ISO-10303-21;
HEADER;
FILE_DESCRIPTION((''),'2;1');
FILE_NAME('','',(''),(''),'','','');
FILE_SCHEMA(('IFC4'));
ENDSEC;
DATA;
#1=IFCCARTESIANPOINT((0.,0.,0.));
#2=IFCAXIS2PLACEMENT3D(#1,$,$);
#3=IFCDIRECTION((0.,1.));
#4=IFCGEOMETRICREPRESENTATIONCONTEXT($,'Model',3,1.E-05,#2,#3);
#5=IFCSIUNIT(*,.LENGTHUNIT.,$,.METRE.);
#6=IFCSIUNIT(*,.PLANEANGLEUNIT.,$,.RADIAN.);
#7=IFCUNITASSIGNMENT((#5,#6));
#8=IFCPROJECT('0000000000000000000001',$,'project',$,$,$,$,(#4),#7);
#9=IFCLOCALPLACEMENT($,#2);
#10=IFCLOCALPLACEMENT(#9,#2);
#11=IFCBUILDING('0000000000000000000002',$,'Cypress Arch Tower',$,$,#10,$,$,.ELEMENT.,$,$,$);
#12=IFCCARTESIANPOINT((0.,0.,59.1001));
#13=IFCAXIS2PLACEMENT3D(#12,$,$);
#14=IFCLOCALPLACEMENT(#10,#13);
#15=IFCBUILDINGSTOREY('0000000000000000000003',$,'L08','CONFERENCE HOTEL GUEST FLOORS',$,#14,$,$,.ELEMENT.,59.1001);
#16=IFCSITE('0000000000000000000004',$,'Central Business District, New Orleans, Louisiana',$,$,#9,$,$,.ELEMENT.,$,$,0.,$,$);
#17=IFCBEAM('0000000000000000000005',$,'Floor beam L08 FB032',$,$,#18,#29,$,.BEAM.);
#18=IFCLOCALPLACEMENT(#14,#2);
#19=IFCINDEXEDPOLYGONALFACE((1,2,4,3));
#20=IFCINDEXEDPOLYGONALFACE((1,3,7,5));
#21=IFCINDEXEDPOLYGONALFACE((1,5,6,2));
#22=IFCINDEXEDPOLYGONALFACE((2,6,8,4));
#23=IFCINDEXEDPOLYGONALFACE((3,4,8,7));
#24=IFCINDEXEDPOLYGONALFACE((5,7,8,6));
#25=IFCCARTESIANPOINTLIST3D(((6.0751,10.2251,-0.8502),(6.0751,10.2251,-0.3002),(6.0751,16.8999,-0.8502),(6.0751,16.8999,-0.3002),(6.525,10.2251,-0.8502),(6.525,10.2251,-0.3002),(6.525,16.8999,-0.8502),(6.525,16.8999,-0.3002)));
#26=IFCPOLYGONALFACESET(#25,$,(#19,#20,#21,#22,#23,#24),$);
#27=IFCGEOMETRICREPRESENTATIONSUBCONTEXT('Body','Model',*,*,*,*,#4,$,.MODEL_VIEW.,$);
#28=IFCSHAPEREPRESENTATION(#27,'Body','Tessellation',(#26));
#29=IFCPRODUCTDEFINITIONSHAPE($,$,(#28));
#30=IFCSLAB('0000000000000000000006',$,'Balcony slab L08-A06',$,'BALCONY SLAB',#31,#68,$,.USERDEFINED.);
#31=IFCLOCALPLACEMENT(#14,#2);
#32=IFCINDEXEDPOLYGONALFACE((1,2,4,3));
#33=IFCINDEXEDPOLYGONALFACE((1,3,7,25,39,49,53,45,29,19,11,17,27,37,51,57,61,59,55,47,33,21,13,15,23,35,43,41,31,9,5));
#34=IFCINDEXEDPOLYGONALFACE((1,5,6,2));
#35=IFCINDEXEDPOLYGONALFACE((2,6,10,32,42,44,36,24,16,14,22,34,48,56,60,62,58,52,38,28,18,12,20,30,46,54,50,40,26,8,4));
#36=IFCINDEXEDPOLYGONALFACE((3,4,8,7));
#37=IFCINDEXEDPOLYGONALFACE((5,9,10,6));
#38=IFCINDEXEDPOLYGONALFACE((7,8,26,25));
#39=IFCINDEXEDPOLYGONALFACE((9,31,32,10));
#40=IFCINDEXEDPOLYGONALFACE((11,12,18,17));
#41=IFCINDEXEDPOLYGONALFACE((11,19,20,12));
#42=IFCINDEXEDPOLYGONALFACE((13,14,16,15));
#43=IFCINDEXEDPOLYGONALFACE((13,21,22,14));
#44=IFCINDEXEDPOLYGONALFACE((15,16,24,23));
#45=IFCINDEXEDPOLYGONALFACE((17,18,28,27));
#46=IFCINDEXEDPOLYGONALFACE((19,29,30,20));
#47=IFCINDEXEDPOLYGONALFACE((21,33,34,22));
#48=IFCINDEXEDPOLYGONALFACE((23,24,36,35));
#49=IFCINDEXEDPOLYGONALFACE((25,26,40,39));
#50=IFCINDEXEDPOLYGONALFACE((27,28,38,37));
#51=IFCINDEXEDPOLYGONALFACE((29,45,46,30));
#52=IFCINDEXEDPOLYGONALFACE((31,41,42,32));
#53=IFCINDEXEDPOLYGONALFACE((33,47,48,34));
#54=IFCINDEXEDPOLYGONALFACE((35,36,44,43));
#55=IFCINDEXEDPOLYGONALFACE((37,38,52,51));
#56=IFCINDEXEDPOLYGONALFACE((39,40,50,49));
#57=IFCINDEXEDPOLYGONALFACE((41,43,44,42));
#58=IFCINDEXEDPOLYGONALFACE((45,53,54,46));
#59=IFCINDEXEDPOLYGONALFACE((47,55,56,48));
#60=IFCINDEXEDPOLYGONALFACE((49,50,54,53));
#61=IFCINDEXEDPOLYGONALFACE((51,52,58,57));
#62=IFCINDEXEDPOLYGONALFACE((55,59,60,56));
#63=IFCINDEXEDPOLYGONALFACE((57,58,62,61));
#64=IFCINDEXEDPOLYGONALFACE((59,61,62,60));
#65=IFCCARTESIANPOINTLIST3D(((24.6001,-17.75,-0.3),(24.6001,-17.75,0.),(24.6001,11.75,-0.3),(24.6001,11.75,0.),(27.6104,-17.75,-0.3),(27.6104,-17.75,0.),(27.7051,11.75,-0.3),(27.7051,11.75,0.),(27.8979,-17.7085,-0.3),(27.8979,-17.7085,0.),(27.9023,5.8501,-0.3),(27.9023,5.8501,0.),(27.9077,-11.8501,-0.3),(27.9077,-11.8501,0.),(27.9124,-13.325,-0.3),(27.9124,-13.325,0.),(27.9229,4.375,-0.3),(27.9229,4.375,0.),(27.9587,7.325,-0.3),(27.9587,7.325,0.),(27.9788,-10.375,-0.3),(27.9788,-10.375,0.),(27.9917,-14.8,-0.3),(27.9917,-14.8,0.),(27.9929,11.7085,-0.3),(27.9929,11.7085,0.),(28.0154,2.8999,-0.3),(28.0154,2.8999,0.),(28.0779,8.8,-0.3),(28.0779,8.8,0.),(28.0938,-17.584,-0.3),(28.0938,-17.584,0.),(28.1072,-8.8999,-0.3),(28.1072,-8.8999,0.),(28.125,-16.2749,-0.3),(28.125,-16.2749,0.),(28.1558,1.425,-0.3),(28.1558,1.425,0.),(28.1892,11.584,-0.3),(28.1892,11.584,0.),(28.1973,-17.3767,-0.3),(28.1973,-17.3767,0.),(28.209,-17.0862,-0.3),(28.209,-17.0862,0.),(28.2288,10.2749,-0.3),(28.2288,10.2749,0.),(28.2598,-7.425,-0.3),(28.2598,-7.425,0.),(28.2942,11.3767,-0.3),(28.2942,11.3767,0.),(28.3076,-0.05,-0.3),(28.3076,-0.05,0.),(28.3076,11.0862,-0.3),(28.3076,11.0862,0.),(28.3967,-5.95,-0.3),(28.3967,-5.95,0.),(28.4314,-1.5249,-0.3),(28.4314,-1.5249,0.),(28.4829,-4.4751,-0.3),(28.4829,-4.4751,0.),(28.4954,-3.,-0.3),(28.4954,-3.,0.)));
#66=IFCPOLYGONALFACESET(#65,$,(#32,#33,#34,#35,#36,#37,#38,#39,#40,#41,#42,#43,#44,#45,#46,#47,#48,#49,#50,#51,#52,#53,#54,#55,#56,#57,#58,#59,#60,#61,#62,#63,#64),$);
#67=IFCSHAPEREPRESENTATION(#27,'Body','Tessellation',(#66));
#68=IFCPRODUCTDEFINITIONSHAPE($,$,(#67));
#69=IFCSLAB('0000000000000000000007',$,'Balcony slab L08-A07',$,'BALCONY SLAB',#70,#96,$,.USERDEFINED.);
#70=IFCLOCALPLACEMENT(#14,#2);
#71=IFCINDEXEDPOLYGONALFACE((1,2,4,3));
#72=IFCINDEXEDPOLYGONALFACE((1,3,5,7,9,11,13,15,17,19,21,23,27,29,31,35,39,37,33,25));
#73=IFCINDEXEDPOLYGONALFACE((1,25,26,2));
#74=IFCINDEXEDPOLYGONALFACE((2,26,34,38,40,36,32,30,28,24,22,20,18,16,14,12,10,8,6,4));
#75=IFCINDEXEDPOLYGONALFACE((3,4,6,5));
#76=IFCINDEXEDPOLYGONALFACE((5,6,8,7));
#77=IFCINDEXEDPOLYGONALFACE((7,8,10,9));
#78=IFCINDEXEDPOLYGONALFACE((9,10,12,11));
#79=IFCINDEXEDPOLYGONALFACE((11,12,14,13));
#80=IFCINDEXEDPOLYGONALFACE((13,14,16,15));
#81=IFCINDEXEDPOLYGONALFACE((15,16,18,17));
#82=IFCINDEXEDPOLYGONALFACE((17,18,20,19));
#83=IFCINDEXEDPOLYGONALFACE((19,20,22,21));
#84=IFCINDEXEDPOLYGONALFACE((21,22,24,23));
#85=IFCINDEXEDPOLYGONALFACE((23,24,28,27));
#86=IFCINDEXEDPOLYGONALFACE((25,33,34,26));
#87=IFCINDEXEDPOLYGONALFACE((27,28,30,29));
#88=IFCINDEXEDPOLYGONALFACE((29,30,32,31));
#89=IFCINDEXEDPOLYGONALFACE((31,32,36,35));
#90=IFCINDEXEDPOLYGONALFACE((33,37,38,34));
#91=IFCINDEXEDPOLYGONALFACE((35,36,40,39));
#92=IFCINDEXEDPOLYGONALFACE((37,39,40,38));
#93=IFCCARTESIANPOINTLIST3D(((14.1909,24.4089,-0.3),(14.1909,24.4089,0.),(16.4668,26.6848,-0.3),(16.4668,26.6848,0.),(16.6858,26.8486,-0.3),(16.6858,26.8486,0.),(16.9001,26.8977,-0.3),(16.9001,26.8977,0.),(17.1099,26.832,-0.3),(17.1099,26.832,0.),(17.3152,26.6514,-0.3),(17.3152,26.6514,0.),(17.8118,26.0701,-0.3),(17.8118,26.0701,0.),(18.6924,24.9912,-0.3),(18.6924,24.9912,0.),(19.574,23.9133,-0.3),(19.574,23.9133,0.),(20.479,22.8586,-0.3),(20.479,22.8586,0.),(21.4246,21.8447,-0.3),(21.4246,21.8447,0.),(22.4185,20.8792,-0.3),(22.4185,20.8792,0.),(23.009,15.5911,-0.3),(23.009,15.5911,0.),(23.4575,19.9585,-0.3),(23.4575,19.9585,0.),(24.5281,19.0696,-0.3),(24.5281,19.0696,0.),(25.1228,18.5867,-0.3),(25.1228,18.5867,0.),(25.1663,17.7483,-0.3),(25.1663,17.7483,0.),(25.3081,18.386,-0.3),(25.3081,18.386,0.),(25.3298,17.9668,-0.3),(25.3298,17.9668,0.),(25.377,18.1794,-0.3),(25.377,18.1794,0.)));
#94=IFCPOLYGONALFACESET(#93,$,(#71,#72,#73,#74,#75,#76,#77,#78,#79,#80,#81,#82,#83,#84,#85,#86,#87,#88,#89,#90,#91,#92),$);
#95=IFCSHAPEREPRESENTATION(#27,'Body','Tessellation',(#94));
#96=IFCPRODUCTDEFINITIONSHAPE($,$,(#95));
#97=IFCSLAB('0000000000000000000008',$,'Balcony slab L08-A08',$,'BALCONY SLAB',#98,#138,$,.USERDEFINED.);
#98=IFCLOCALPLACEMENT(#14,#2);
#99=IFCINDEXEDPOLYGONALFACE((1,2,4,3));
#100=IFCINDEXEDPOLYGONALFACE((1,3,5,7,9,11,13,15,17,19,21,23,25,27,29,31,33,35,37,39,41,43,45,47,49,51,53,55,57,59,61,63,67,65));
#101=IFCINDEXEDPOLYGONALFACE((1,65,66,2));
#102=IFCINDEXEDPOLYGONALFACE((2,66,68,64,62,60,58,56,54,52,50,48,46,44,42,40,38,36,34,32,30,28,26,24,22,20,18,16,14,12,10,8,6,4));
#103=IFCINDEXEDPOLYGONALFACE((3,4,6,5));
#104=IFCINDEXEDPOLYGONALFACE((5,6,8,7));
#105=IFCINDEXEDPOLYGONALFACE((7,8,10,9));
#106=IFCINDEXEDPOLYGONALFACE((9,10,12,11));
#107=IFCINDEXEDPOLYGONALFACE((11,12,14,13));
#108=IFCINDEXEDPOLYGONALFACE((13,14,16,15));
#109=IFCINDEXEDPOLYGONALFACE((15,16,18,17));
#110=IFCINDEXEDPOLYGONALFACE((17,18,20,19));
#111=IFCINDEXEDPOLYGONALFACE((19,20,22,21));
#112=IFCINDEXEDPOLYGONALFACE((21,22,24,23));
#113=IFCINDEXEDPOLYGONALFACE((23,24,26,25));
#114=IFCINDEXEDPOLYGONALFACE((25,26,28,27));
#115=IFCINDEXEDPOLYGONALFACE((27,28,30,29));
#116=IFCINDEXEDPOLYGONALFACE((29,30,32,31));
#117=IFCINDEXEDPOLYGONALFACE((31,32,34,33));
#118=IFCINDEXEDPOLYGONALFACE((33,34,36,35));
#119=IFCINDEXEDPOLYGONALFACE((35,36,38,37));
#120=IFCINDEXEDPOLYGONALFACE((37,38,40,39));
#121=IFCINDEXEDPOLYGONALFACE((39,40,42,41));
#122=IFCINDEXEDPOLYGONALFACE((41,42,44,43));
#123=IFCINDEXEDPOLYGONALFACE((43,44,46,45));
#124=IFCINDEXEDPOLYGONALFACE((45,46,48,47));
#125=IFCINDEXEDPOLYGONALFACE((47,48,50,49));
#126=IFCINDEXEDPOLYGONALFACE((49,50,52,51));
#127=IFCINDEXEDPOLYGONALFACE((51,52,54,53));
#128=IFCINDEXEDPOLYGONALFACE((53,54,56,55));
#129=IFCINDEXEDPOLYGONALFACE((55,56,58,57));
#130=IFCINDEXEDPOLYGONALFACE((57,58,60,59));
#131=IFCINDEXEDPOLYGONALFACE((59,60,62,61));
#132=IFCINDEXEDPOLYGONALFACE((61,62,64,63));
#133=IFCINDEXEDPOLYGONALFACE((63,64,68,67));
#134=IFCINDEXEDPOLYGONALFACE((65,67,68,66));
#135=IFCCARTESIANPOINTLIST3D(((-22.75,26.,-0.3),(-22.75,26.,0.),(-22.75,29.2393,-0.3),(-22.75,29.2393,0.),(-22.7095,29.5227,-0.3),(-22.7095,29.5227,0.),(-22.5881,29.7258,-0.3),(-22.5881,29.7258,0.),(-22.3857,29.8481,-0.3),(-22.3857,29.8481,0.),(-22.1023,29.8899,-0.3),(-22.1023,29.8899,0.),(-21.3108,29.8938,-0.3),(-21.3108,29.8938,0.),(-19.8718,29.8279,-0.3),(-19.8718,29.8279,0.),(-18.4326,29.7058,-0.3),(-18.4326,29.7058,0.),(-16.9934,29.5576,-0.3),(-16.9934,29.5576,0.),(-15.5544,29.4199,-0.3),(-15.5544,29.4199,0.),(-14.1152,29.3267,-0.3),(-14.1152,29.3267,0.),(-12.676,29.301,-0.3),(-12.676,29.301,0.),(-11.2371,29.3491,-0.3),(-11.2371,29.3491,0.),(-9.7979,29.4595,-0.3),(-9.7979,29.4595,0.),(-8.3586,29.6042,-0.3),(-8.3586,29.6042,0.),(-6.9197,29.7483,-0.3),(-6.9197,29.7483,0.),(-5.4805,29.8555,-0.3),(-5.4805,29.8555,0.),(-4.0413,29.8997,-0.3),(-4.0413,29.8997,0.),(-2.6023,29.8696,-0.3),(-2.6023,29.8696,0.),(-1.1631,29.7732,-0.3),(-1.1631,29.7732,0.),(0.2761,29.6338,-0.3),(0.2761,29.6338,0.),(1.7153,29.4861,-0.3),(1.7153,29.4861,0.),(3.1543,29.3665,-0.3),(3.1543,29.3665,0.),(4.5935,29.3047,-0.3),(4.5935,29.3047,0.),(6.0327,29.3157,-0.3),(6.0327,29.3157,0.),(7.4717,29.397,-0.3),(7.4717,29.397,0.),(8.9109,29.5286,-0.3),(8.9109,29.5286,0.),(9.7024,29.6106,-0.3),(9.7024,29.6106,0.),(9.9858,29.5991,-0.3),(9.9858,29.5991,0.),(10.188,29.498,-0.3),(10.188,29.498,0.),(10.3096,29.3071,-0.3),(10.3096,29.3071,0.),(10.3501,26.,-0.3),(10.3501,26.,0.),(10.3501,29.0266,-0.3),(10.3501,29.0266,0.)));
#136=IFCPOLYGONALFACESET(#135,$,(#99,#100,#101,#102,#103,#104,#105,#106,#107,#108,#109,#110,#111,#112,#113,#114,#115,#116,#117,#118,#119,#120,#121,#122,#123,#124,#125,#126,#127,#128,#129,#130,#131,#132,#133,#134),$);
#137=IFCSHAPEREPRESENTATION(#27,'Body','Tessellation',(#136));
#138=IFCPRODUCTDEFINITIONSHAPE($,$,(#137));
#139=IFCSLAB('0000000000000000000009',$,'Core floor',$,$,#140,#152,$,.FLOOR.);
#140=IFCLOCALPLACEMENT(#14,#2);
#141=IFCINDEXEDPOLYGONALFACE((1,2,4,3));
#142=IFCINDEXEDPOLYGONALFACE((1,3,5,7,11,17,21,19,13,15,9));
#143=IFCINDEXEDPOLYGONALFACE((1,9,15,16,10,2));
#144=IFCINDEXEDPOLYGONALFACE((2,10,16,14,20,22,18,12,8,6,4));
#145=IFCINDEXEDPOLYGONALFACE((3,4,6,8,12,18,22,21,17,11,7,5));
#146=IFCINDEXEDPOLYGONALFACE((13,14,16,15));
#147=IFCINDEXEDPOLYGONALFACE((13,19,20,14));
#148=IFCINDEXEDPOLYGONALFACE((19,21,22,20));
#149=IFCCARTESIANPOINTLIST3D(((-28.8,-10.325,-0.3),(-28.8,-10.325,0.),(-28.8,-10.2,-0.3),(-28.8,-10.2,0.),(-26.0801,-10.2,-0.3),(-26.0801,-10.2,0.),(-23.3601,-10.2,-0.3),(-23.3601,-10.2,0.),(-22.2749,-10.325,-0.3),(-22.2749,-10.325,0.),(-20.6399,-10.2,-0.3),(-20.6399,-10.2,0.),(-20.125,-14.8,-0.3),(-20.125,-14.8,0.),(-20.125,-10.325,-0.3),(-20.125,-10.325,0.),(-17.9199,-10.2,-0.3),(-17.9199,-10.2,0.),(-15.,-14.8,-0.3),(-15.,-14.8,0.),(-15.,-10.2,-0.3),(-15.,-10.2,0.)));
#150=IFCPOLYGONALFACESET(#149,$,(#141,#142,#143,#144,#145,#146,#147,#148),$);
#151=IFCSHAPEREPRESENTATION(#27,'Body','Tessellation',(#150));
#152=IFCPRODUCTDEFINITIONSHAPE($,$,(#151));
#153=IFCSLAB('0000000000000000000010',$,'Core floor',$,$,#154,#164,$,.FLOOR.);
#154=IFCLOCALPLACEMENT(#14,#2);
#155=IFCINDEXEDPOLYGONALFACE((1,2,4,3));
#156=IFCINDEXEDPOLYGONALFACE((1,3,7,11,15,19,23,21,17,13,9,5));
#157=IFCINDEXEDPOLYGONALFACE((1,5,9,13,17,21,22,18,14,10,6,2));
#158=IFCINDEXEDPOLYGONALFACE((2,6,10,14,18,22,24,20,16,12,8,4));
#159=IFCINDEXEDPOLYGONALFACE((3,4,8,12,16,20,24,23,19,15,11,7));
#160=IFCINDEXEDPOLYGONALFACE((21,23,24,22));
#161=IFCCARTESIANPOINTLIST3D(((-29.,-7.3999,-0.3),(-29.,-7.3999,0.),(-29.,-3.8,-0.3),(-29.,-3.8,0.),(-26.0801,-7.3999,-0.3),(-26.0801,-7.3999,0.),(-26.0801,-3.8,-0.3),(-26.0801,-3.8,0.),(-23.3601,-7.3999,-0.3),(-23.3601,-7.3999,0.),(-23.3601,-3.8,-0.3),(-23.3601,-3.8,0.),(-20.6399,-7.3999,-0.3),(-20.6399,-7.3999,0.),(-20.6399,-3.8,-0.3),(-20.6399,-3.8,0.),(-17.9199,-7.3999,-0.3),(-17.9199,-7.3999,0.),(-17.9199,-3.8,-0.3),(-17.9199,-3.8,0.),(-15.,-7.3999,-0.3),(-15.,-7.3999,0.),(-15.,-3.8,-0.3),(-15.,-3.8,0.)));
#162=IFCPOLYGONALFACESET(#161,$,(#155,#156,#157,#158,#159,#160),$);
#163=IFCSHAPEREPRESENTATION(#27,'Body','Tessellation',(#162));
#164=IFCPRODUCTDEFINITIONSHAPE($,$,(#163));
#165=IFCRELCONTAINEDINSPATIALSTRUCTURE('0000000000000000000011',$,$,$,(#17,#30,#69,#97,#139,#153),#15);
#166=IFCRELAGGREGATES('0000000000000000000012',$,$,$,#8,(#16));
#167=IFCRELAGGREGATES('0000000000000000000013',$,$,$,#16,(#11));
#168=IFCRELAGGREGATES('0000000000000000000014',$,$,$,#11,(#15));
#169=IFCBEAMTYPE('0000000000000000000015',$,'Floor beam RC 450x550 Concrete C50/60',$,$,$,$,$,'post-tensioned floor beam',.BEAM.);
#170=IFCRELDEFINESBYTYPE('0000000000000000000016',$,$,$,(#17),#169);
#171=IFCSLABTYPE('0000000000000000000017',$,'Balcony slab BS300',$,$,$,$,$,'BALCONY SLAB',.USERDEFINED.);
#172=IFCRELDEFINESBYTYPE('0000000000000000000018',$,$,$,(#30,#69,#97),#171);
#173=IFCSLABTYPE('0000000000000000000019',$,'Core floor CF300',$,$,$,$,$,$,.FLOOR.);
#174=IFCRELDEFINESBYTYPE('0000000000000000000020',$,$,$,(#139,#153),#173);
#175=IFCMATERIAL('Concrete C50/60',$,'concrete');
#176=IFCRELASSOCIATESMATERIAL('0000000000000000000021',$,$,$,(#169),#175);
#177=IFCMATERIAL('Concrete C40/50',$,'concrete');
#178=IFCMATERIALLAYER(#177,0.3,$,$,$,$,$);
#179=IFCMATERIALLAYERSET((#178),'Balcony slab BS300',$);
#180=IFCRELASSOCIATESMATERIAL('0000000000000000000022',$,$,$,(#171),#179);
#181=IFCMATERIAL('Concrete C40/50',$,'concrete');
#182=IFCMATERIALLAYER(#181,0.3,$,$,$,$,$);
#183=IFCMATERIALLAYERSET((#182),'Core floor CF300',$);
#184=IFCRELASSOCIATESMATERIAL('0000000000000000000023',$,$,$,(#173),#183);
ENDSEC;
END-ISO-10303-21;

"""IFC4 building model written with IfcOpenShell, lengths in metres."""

from ifc_helpers import new_model, si_unit, direction, frame, origin, origin_2d, place, context, subcontext, project, spatial, polyline, rectangle, outline, extrude, material, layer, layer_set, material_profile, profile_set, type_object, element, save


model = new_model("IFC4")

# Units and contexts
model_context = context("Model", 3, precision=1e-05, world=origin(), true_north=direction((0.0, 1.0)))
body_context = subcontext(model_context, "Body", "Model", "MODEL_VIEW")
ifc_project = project(units=[si_unit("LENGTHUNIT", "METRE"), si_unit("PLANEANGLEUNIT", "RADIAN")], contexts=[model_context])

# Site, building, storey
site_placement = place(None, origin())
site = spatial("IfcSite", under=ifc_project, at=site_placement, Name="Central Business District, New Orleans, Louisiana", CompositionType="ELEMENT", RefElevation=0.0)
building_placement = place(site_placement, origin())
building = spatial("IfcBuilding", under=site, at=building_placement, Name="Cypress Arch Tower", CompositionType="ELEMENT")
storey_placement = place(building_placement, frame((0.0, 0.0, 59.1001)))
storey = spatial("IfcBuildingStorey", under=building, at=storey_placement, Name="L08", Description="CONFERENCE HOTEL GUEST FLOORS", CompositionType="ELEMENT", Elevation=59.1001)

# Beam
ifc_material_1 = material(Name="Concrete C50/60", Category="concrete")
ifc_material_profile_1 = material_profile(ifc_material_1, rectangle(XDim=0.45, YDim=0.55, at=origin_2d()), Name="RC 450x550")
ifc_profile_set_1 = profile_set([ifc_material_profile_1], Name="Concrete C50/60")
beam_type_1 = type_object("IfcBeamType", Name="Floor beam RC 450x550 Concrete C50/60", ElementType="post-tensioned floor beam", PredefinedType="BEAM", material=ifc_profile_set_1)
beam_1_placement = place(storey_placement, frame((6.3, 10.2251, -0.5752), z_axis=(0.0, 1.0, 0.0), x_axis=(-1.0, 0.0, 0.0)))
element("IfcBeam", 1, at=beam_1_placement, inside=storey, type_object=beam_type_1, Name="Floor beam L08 FB032", PredefinedType="BEAM", context=body_context, shape_type="SweptSolid", body=[
    extrude(rectangle(XDim=0.45, YDim=0.55, at=origin_2d()), origin(), (0.0, 0.0, 1.0), 6.6748),
])

# Slabs
ifc_material_2 = material(Name="Concrete C40/50", Category="concrete")
ifc_layer_1 = layer(ifc_material_2, 0.3)
ifc_layer_set_1 = layer_set([ifc_layer_1], Name="Balcony slab BS300")
slab_type_1 = type_object("IfcSlabType", Name="Balcony slab BS300", ElementType="BALCONY SLAB", PredefinedType="USERDEFINED", material=ifc_layer_set_1)
slab_1_placement = place(storey_placement, frame((0.0, 0.0, -0.3)))
element("IfcSlab", 2, at=slab_1_placement, inside=storey, type_object=slab_type_1, Name="Balcony slab L08-A06", ObjectType="BALCONY SLAB", PredefinedType="USERDEFINED", context=body_context, shape_type="SweptSolid", body=[
    extrude(outline(polyline([(24.6001, -17.75), (27.6104, -17.75), (27.8979, -17.7085), (28.0938, -17.584), (28.1973, -17.3767), (28.209, -17.0862), (28.125, -16.2749), (27.9917, -14.8), (27.9124, -13.325), (27.9077, -11.8501), (27.9788, -10.375), (28.1072, -8.8999), (28.2598, -7.425), (28.3967, -5.95), (28.4829, -4.4751), (28.4954, -3.0), (28.4314, -1.5249), (28.3076, -0.05), (28.1558, 1.425), (28.0154, 2.8999), (27.9229, 4.375), (27.9023, 5.8501), (27.9587, 7.325), (28.0779, 8.8), (28.2288, 10.2749), (28.3076, 11.0862), (28.2942, 11.3767), (28.1892, 11.584), (27.9929, 11.7085), (27.7051, 11.75), (24.6001, 11.75), (24.6001, -17.75)])), origin(), (0.0, 0.0, 1.0), 0.3),
])
slab_2_placement = place(storey_placement, frame((0.0, 0.0, -0.3)))
element("IfcSlab", 3, at=slab_2_placement, inside=storey, type_object=slab_type_1, Name="Balcony slab L08-A07", ObjectType="BALCONY SLAB", PredefinedType="USERDEFINED", context=body_context, shape_type="SweptSolid", body=[
    extrude(outline(polyline([(23.009, 15.5911), (25.1663, 17.7483), (25.3298, 17.9668), (25.377, 18.1794), (25.3081, 18.386), (25.1228, 18.5867), (24.5281, 19.0696), (23.4575, 19.9585), (22.4185, 20.8792), (21.4246, 21.8447), (20.479, 22.8586), (19.574, 23.9133), (18.6924, 24.9912), (17.8118, 26.0701), (17.3152, 26.6514), (17.1099, 26.832), (16.9001, 26.8977), (16.6858, 26.8486), (16.4668, 26.6848), (14.1909, 24.4089), (23.009, 15.5911)])), origin(), (0.0, 0.0, 1.0), 0.3),
])
slab_3_placement = place(storey_placement, frame((0.0, 0.0, -0.3)))
element("IfcSlab", 4, at=slab_3_placement, inside=storey, type_object=slab_type_1, Name="Balcony slab L08-A08", ObjectType="BALCONY SLAB", PredefinedType="USERDEFINED", context=body_context, shape_type="SweptSolid", body=[
    extrude(outline(polyline([(10.3501, 26.0), (10.3501, 29.0266), (10.3096, 29.3071), (10.188, 29.498), (9.9858, 29.5991), (9.7024, 29.6106), (8.9109, 29.5286), (7.4717, 29.397), (6.0327, 29.3157), (4.5935, 29.3047), (3.1543, 29.3665), (1.7153, 29.4861), (0.2761, 29.6338), (-1.1631, 29.7732), (-2.6023, 29.8696), (-4.0413, 29.8997), (-5.4805, 29.8555), (-6.9197, 29.7483), (-8.3586, 29.6042), (-9.7979, 29.4595), (-11.2371, 29.3491), (-12.676, 29.301), (-14.1152, 29.3267), (-15.5544, 29.4199), (-16.9934, 29.5576), (-18.4326, 29.7058), (-19.8718, 29.8279), (-21.3108, 29.8938), (-22.1023, 29.8899), (-22.3857, 29.8481), (-22.5881, 29.7258), (-22.7095, 29.5227), (-22.75, 29.2393), (-22.75, 26.0), (10.3501, 26.0)])), origin(), (0.0, 0.0, 1.0), 0.3),
])
ifc_material_3 = material(Name="Concrete C40/50", Category="concrete")
ifc_layer_2 = layer(ifc_material_3, 0.3)
ifc_layer_set_2 = layer_set([ifc_layer_2], Name="Core floor CF300")
slab_type_2 = type_object("IfcSlabType", Name="Core floor CF300", PredefinedType="FLOOR", material=ifc_layer_set_2)
slab_4_placement = place(storey_placement, frame((0.0, 0.0, -0.3)))
element("IfcSlab", 5, at=slab_4_placement, inside=storey, type_object=slab_type_2, Name="Core floor", PredefinedType="FLOOR", context=body_context, shape_type="SweptSolid", body=[
    extrude(outline(polyline([(-20.125, -14.8), (-15.0, -14.8), (-15.0, -10.2), (-17.9199, -10.2), (-20.6399, -10.2), (-23.3601, -10.2), (-26.0801, -10.2), (-28.8, -10.2), (-28.8, -10.325), (-22.2749, -10.325), (-20.125, -10.325), (-20.125, -14.8)])), origin(), (0.0, 0.0, 1.0), 0.3),
])
slab_5_placement = place(storey_placement, frame((0.0, 0.0, -0.3)))
element("IfcSlab", 6, at=slab_5_placement, inside=storey, type_object=slab_type_2, Name="Core floor", PredefinedType="FLOOR", context=body_context, shape_type="SweptSolid", body=[
    extrude(outline(polyline([(-29.0, -3.8), (-29.0, -7.3999), (-26.0801, -7.3999), (-23.3601, -7.3999), (-20.6399, -7.3999), (-17.9199, -7.3999), (-15.0, -7.3999), (-15.0, -3.8), (-17.9199, -3.8), (-20.6399, -3.8), (-23.3601, -3.8), (-26.0801, -3.8), (-29.0, -3.8)])), origin(), (0.0, 0.0, 1.0), 0.3),
])

save(model, "model.ifc")
